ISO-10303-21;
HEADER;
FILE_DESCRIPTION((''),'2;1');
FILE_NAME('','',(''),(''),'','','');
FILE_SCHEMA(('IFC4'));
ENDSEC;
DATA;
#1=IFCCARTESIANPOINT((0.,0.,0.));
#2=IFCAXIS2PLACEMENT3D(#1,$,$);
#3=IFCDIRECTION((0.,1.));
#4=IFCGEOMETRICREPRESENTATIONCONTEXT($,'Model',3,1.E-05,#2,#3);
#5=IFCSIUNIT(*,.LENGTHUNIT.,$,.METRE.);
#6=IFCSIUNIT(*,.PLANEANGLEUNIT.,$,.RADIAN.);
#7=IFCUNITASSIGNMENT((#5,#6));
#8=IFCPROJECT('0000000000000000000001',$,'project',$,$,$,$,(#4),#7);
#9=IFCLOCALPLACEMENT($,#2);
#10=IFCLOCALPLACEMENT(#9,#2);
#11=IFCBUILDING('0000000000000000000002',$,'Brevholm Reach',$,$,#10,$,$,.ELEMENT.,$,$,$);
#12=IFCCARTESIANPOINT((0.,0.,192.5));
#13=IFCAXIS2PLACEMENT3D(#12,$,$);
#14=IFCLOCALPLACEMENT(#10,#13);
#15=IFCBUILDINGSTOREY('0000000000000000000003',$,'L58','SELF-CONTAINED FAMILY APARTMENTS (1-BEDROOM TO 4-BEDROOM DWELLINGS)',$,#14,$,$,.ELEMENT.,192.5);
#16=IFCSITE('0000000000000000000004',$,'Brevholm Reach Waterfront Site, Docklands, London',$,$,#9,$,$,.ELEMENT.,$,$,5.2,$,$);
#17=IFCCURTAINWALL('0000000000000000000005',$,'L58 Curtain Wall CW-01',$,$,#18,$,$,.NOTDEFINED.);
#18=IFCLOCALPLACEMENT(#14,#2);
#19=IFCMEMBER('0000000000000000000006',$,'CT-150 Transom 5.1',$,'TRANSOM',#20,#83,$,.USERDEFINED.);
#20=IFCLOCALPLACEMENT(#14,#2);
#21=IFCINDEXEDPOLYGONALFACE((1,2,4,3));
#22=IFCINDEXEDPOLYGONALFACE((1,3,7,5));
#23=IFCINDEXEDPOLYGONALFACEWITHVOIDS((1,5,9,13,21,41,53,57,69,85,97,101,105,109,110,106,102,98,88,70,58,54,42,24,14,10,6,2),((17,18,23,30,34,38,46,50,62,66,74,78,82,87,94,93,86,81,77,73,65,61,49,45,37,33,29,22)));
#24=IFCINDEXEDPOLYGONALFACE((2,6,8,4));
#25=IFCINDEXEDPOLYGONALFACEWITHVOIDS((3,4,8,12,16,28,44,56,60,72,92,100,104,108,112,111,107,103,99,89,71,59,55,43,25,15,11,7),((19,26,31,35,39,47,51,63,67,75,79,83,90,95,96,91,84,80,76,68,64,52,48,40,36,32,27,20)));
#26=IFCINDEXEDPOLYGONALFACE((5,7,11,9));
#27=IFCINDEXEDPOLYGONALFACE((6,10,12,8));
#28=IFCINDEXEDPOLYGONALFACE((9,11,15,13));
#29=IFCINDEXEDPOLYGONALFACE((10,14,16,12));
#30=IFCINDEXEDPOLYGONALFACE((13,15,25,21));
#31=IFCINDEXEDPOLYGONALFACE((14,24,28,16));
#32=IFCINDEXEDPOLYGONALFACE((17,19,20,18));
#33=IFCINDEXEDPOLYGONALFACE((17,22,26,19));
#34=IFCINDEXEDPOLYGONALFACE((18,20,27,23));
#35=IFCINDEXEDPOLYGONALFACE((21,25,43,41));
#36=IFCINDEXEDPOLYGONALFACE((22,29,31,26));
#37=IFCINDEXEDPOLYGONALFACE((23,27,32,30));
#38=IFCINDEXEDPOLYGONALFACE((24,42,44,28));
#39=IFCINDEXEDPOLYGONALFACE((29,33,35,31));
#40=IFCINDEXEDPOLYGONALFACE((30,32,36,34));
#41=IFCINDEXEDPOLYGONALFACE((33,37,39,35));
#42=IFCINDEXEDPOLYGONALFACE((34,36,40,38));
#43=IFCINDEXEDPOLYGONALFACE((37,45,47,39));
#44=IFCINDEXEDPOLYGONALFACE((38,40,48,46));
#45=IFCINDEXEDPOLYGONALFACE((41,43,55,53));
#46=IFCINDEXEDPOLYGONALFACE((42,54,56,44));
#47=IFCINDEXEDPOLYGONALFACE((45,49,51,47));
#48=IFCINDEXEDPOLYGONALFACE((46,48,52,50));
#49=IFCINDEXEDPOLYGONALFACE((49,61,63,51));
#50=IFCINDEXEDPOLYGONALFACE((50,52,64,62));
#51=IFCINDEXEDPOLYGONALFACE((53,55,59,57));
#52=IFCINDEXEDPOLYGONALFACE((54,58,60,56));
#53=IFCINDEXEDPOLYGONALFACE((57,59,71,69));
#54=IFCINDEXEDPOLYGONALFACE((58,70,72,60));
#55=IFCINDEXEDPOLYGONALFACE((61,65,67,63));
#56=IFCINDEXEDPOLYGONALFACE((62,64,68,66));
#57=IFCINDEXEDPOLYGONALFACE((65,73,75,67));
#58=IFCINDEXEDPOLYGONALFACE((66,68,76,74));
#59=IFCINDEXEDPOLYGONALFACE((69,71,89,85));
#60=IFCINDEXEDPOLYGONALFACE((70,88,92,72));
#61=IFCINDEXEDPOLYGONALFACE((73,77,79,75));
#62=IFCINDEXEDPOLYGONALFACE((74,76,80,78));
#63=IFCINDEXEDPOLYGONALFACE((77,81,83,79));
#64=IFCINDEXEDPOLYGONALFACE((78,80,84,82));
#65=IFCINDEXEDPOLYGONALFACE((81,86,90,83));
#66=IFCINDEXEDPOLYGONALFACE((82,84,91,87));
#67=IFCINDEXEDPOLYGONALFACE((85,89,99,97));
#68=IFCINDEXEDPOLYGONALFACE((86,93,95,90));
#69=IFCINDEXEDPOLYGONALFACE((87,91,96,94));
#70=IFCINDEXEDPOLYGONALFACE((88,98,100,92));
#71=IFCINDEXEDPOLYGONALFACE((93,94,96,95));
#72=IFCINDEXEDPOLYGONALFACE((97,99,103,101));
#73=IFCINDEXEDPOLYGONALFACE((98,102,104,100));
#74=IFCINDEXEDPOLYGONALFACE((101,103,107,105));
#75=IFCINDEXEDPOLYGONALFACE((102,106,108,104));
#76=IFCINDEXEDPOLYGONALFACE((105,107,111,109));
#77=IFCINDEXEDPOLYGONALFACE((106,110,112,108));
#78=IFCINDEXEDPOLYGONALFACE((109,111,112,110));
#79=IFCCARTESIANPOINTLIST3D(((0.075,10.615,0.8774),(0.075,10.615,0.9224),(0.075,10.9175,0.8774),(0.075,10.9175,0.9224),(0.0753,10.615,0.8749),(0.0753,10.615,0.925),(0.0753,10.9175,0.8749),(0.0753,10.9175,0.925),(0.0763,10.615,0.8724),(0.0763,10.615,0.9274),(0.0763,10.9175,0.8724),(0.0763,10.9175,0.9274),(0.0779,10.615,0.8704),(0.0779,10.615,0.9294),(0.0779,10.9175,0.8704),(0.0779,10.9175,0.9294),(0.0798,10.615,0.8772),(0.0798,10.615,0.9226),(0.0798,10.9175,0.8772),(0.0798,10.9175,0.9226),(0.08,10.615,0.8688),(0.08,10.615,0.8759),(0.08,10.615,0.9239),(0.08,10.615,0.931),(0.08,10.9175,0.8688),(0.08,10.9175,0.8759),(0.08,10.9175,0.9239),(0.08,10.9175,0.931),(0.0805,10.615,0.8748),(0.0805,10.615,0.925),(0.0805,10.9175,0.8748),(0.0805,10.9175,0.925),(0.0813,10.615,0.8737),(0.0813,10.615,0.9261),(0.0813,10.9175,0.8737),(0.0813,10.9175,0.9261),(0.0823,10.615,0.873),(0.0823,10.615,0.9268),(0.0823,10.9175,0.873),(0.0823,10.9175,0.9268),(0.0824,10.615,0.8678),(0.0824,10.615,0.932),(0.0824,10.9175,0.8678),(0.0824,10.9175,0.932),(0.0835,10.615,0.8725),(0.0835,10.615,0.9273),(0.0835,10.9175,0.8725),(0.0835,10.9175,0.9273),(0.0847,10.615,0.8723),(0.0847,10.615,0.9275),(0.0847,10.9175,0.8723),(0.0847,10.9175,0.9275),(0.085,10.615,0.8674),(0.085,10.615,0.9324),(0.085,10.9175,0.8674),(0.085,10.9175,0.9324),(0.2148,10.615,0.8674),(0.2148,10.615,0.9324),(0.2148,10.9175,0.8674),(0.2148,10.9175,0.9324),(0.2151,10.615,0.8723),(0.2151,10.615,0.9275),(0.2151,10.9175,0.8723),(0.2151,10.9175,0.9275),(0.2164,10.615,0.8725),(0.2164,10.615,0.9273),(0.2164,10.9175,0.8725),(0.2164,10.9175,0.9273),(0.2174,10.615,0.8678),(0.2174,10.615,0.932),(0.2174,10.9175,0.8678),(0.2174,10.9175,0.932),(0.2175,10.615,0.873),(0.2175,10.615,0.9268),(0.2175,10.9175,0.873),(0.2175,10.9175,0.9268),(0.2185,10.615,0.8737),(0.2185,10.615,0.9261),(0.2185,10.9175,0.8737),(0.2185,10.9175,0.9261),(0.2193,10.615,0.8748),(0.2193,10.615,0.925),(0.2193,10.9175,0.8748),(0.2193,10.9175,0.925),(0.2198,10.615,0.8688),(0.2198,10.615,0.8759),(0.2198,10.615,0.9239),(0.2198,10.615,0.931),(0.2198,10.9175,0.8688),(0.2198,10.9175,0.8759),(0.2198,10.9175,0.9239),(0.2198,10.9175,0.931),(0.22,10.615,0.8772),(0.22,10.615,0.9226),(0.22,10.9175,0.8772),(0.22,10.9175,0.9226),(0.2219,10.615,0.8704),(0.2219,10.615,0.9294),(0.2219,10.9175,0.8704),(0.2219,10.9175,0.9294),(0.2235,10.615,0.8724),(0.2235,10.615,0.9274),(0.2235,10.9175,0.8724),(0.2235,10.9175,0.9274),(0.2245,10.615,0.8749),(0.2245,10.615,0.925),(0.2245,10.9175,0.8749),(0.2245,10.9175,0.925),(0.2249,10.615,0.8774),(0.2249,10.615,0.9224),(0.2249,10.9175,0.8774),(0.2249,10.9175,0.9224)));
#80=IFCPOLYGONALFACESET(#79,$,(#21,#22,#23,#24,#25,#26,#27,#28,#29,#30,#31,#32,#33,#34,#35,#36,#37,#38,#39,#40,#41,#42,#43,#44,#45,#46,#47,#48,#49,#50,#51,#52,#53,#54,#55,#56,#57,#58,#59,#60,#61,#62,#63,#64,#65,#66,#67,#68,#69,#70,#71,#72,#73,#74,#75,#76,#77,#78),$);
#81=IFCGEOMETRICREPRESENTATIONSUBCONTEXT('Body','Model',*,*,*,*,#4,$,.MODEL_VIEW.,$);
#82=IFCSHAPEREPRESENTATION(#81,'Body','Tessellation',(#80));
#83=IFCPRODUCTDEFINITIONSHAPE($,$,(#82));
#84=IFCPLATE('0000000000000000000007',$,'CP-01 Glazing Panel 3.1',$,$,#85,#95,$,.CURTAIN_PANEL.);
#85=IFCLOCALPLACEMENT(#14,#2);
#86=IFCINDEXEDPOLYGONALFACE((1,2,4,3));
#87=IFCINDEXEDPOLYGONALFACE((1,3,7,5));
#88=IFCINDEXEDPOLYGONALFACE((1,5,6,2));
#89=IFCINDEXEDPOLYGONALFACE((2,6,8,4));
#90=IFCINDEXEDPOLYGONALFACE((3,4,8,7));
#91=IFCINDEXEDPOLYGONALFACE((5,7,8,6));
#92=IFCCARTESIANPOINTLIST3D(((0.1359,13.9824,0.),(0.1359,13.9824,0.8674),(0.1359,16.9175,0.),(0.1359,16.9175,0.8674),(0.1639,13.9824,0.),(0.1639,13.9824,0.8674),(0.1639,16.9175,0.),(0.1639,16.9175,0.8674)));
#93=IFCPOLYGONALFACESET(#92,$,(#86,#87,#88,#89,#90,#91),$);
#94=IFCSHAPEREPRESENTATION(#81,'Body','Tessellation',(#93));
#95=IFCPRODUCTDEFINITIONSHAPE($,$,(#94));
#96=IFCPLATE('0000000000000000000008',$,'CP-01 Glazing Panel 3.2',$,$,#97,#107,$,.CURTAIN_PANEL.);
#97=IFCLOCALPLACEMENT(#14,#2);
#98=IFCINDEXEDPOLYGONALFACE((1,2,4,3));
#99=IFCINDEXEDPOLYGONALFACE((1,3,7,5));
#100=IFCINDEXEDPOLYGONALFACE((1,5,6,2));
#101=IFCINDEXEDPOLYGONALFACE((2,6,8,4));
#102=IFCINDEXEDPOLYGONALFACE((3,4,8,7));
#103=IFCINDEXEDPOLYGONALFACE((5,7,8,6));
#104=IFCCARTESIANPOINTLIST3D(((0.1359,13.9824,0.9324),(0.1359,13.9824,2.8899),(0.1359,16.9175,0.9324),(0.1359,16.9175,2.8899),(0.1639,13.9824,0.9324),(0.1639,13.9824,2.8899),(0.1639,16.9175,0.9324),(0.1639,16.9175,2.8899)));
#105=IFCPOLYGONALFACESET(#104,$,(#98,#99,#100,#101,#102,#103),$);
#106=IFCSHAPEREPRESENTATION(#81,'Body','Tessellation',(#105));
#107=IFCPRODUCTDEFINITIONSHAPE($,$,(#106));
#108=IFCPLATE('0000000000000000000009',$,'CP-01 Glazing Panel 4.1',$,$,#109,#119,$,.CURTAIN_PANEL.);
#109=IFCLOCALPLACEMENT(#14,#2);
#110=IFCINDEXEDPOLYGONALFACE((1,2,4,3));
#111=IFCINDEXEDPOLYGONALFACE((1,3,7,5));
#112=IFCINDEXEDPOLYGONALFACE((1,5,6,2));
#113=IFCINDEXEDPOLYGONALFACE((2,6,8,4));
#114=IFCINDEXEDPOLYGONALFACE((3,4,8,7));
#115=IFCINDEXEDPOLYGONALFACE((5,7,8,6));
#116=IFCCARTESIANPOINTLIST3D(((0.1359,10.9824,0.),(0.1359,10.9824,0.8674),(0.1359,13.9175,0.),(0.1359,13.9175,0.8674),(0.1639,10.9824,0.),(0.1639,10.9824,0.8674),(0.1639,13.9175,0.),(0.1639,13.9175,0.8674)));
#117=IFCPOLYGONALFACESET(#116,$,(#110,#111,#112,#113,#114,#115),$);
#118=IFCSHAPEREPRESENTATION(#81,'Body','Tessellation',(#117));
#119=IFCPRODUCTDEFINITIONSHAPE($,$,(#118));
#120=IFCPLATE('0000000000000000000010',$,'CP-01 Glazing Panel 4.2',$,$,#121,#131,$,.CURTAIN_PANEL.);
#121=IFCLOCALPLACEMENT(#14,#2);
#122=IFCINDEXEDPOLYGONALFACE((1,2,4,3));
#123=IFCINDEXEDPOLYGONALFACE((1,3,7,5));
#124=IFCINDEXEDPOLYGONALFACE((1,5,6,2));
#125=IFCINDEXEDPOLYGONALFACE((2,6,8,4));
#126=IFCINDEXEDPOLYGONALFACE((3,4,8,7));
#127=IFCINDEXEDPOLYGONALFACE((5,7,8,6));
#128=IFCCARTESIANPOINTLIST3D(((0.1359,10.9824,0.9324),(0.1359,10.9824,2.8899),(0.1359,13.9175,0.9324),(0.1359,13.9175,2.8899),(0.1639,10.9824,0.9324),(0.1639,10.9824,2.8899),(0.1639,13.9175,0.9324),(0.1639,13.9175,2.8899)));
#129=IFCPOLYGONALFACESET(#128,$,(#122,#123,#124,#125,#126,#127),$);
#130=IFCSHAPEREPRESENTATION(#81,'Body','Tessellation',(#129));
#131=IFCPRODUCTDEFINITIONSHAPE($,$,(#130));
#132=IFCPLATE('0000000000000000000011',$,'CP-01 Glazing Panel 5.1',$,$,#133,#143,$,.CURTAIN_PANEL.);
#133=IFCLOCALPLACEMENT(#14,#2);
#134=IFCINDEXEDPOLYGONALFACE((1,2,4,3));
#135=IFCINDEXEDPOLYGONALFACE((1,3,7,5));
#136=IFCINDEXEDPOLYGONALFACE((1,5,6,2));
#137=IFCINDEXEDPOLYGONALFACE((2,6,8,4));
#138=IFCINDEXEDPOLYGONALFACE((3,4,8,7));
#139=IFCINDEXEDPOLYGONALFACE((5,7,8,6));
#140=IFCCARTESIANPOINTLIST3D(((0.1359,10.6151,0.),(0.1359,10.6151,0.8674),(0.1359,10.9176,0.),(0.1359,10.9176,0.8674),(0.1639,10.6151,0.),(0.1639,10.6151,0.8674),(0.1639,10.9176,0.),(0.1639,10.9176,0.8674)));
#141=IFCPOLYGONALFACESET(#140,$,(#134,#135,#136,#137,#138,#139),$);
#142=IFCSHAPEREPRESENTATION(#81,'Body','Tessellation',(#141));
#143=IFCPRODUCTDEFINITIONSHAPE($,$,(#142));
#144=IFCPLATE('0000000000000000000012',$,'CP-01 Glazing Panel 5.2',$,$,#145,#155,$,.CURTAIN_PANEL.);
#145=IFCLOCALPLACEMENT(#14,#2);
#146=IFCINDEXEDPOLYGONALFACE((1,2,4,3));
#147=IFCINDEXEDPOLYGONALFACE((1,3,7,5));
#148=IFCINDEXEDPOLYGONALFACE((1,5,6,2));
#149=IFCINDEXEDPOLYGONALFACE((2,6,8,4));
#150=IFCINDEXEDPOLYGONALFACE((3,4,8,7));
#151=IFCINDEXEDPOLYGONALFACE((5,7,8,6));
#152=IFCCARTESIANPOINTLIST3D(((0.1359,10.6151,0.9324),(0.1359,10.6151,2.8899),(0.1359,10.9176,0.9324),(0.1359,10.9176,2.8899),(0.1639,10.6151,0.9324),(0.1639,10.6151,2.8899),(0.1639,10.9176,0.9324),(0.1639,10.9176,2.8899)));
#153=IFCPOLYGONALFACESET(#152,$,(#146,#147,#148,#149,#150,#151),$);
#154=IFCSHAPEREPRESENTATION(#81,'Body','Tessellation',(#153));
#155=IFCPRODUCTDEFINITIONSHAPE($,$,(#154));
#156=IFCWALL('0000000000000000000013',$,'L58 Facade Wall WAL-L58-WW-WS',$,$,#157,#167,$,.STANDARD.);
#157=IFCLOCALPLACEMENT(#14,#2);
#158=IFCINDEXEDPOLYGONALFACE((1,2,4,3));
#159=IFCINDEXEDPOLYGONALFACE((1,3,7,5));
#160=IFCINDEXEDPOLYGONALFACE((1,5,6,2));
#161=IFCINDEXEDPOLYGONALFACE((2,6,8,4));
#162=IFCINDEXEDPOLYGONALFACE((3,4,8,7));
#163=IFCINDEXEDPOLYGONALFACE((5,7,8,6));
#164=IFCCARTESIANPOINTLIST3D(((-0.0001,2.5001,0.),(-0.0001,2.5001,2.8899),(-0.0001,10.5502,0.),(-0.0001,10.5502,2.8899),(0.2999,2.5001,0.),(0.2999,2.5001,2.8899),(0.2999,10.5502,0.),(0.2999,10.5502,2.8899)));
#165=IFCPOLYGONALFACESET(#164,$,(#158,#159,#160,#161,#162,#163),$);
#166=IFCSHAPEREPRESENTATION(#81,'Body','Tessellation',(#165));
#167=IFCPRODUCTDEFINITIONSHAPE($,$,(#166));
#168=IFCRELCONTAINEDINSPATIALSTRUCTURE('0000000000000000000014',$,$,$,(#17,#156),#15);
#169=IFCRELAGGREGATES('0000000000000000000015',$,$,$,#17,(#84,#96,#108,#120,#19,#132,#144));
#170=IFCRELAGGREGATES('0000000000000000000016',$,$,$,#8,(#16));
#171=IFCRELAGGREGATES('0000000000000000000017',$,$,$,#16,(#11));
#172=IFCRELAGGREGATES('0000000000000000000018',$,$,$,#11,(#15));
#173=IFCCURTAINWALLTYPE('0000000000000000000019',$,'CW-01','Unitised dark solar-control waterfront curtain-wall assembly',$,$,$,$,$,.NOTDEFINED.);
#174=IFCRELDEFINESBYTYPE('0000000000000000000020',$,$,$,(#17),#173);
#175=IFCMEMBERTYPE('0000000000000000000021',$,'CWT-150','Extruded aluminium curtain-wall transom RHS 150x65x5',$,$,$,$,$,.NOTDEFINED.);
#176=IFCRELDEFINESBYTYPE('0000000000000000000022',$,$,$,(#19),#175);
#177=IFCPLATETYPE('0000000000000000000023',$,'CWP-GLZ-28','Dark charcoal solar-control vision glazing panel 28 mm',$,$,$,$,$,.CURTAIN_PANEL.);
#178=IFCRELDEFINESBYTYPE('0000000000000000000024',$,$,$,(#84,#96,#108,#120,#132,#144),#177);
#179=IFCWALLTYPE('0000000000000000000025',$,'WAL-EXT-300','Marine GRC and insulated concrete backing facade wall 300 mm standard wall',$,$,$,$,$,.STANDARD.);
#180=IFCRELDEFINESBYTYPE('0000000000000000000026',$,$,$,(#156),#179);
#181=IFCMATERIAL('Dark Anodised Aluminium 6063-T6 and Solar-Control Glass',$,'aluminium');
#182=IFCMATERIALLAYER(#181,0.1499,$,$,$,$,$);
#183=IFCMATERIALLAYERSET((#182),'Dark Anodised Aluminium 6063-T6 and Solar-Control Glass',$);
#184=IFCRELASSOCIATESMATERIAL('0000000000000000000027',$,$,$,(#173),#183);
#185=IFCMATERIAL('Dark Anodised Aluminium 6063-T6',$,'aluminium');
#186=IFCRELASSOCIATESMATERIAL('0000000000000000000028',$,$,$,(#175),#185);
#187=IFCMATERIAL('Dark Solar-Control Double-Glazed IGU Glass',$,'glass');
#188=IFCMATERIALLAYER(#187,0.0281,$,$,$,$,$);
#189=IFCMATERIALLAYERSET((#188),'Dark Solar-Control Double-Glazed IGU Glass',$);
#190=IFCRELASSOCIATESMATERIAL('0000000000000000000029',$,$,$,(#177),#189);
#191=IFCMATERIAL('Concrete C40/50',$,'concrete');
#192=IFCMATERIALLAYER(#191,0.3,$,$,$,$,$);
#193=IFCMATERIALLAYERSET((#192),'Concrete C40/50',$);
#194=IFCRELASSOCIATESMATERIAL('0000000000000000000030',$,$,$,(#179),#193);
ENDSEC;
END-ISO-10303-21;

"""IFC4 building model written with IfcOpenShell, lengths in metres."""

from ifc_helpers import new_model, si_unit, direction, frame, frame_2d, origin, origin_2d, place, context, subcontext, project, spatial, rectangle, hollow_rectangle, extrude, material, layer, layer_set, material_profile, profile_set, type_object, element, aggregate, save


model = new_model("IFC4")

# Units and contexts
model_context = context("Model", 3, precision=1e-05, world=origin(), true_north=direction((0.0, 1.0)))
body_context = subcontext(model_context, "Body", "Model", "MODEL_VIEW")
ifc_project = project(units=[si_unit("LENGTHUNIT", "METRE"), si_unit("PLANEANGLEUNIT", "RADIAN")], contexts=[model_context])

# Site, building, storey
site_placement = place(None, origin())
site = spatial("IfcSite", under=ifc_project, at=site_placement, Name="Brevholm Reach Waterfront Site, Docklands, London", CompositionType="ELEMENT", RefElevation=5.2)
building_placement = place(site_placement, origin())
building = spatial("IfcBuilding", under=site, at=building_placement, Name="Brevholm Reach", CompositionType="ELEMENT")
storey_placement = place(building_placement, frame((0.0, 0.0, 192.5)))
storey = spatial("IfcBuildingStorey", under=building, at=storey_placement, Name="L58", Description="SELF-CONTAINED FAMILY APARTMENTS (1-BEDROOM TO 4-BEDROOM DWELLINGS)", CompositionType="ELEMENT", Elevation=192.5)

# Curtain wall, member, plates
ifc_material_1 = material(Name="Dark Anodised Aluminium 6063-T6 and Solar-Control Glass", Category="aluminium")
ifc_layer_1 = layer(ifc_material_1, 0.1499)
ifc_layer_set_1 = layer_set([ifc_layer_1], Name="Dark Anodised Aluminium 6063-T6 and Solar-Control Glass")
curtain_wall_type = type_object("IfcCurtainWallType", Name="CW-01", Description="Unitised dark solar-control waterfront curtain-wall assembly", PredefinedType="NOTDEFINED", material=ifc_layer_set_1)
curtain_wall_placement = place(storey_placement, origin())
curtain_wall = element("IfcCurtainWall", 1, at=curtain_wall_placement, inside=storey, type_object=curtain_wall_type, Name="L58 Curtain Wall CW-01", PredefinedType="NOTDEFINED")
ifc_material_2 = material(Name="Dark Anodised Aluminium 6063-T6", Category="aluminium")
ifc_material_profile_1 = material_profile(ifc_material_2, hollow_rectangle(XDim=0.0649, YDim=0.1499, WallThickness=0.0049, InnerFilletRadius=0.0049, OuterFilletRadius=0.01, at=origin_2d()), Name="RHS 150x65x5")
ifc_profile_set_1 = profile_set([ifc_material_profile_1], Name="Dark Anodised Aluminium 6063-T6")
member_type_1 = type_object("IfcMemberType", Name="CWT-150", Description="Extruded aluminium curtain-wall transom RHS 150x65x5", PredefinedType="NOTDEFINED", material=ifc_profile_set_1)
member_1_placement = place(storey_placement, frame((0.1499, 10.9175, 0.8999), z_axis=(0.0, -1.0, 0.0), x_axis=(0.0, 0.0, 1.0)))
member_1 = element("IfcMember", 2, at=member_1_placement, type_object=member_type_1, Name="CT-150 Transom 5.1", ObjectType="TRANSOM", PredefinedType="USERDEFINED", context=body_context, shape_type="SweptSolid", body=[
    extrude(hollow_rectangle(XDim=0.0649, YDim=0.1499, WallThickness=0.0049, InnerFilletRadius=0.0049, OuterFilletRadius=0.01, at=origin_2d()), origin(), (0.0, 0.0, 1.0), 0.3025),
])
ifc_material_3 = material(Name="Dark Solar-Control Double-Glazed IGU Glass", Category="glass")
ifc_layer_2 = layer(ifc_material_3, 0.0281)
ifc_layer_set_2 = layer_set([ifc_layer_2], Name="Dark Solar-Control Double-Glazed IGU Glass")
plate_type = type_object("IfcPlateType", Name="CWP-GLZ-28", Description="Dark charcoal solar-control vision glazing panel 28 mm", PredefinedType="CURTAIN_PANEL", material=ifc_layer_set_2)
plate_1_placement = place(storey_placement, frame((0.1499, 15.45, 0.0), z_axis=(0.0, 0.0, 1.0), x_axis=(0.0, -1.0, 0.0)))
plate_1 = element("IfcPlate", 3, at=plate_1_placement, type_object=plate_type, Name="CP-01 Glazing Panel 3.1", PredefinedType="CURTAIN_PANEL", context=body_context, shape_type="SweptSolid", body=[
    extrude(rectangle(XDim=2.9351, YDim=0.0281, at=origin_2d()), origin(), (0.0, 0.0, 1.0), 0.8674),
])
plate_2_placement = place(storey_placement, frame((0.1499, 15.45, 0.9324), z_axis=(0.0, 0.0, 1.0), x_axis=(0.0, -1.0, 0.0)))
plate_2 = element("IfcPlate", 4, at=plate_2_placement, type_object=plate_type, Name="CP-01 Glazing Panel 3.2", PredefinedType="CURTAIN_PANEL", context=body_context, shape_type="SweptSolid", body=[
    extrude(rectangle(XDim=2.9351, YDim=0.0281, at=origin_2d()), origin(), (0.0, 0.0, 1.0), 1.9575),
])
plate_3_placement = place(storey_placement, frame((0.1499, 12.45, 0.0), z_axis=(0.0, 0.0, 1.0), x_axis=(0.0, -1.0, 0.0)))
plate_3 = element("IfcPlate", 5, at=plate_3_placement, type_object=plate_type, Name="CP-01 Glazing Panel 4.1", PredefinedType="CURTAIN_PANEL", context=body_context, shape_type="SweptSolid", body=[
    extrude(rectangle(XDim=2.9351, YDim=0.0281, at=origin_2d()), origin(), (0.0, 0.0, 1.0), 0.8674),
])
plate_4_placement = place(storey_placement, frame((0.1499, 12.45, 0.9324), z_axis=(0.0, 0.0, 1.0), x_axis=(0.0, -1.0, 0.0)))
plate_4 = element("IfcPlate", 6, at=plate_4_placement, type_object=plate_type, Name="CP-01 Glazing Panel 4.2", PredefinedType="CURTAIN_PANEL", context=body_context, shape_type="SweptSolid", body=[
    extrude(rectangle(XDim=2.9351, YDim=0.0281, at=origin_2d()), origin(), (0.0, 0.0, 1.0), 1.9575),
])
plate_5_placement = place(storey_placement, frame((0.1499, 10.7664, 0.0), z_axis=(0.0, 0.0, 1.0), x_axis=(0.0, -1.0, 0.0)))
plate_5 = element("IfcPlate", 7, at=plate_5_placement, type_object=plate_type, Name="CP-01 Glazing Panel 5.1", PredefinedType="CURTAIN_PANEL", context=body_context, shape_type="SweptSolid", body=[
    extrude(rectangle(XDim=0.3025, YDim=0.0281, at=origin_2d()), origin(), (0.0, 0.0, 1.0), 0.8674),
])
plate_6_placement = place(storey_placement, frame((0.1499, 10.7664, 0.9324), z_axis=(0.0, 0.0, 1.0), x_axis=(0.0, -1.0, 0.0)))
plate_6 = element("IfcPlate", 8, at=plate_6_placement, type_object=plate_type, Name="CP-01 Glazing Panel 5.2", PredefinedType="CURTAIN_PANEL", context=body_context, shape_type="SweptSolid", body=[
    extrude(rectangle(XDim=0.3025, YDim=0.0281, at=origin_2d()), origin(), (0.0, 0.0, 1.0), 1.9575),
])
aggregate(curtain_wall, [plate_1, plate_2, plate_3, plate_4, member_1, plate_5, plate_6])

# Wall
ifc_material_4 = material(Name="Concrete C40/50", Category="concrete")
ifc_layer_3 = layer(ifc_material_4, 0.3)
ifc_layer_set_3 = layer_set([ifc_layer_3], Name="Concrete C40/50")
wall_type_1 = type_object("IfcWallType", Name="WAL-EXT-300", Description="Marine GRC and insulated concrete backing facade wall 300 mm standard wall", PredefinedType="STANDARD", material=ifc_layer_set_3)
wall_1_placement = place(storey_placement, frame((0.1499, 10.55, 0.0), z_axis=(0.0, 0.0, 1.0), x_axis=(0.0, -1.0, 0.0)))
element("IfcWall", 9, at=wall_1_placement, inside=storey, type_object=wall_type_1, Name="L58 Facade Wall WAL-L58-WW-WS", PredefinedType="STANDARD", context=body_context, shape_type="SweptSolid", body=[
    extrude(rectangle(XDim=8.05, YDim=0.3, at=frame_2d((4.0249, 0.0))), origin(), (0.0, 0.0, 1.0), 2.8899),
])

save(model, "model.ifc")
